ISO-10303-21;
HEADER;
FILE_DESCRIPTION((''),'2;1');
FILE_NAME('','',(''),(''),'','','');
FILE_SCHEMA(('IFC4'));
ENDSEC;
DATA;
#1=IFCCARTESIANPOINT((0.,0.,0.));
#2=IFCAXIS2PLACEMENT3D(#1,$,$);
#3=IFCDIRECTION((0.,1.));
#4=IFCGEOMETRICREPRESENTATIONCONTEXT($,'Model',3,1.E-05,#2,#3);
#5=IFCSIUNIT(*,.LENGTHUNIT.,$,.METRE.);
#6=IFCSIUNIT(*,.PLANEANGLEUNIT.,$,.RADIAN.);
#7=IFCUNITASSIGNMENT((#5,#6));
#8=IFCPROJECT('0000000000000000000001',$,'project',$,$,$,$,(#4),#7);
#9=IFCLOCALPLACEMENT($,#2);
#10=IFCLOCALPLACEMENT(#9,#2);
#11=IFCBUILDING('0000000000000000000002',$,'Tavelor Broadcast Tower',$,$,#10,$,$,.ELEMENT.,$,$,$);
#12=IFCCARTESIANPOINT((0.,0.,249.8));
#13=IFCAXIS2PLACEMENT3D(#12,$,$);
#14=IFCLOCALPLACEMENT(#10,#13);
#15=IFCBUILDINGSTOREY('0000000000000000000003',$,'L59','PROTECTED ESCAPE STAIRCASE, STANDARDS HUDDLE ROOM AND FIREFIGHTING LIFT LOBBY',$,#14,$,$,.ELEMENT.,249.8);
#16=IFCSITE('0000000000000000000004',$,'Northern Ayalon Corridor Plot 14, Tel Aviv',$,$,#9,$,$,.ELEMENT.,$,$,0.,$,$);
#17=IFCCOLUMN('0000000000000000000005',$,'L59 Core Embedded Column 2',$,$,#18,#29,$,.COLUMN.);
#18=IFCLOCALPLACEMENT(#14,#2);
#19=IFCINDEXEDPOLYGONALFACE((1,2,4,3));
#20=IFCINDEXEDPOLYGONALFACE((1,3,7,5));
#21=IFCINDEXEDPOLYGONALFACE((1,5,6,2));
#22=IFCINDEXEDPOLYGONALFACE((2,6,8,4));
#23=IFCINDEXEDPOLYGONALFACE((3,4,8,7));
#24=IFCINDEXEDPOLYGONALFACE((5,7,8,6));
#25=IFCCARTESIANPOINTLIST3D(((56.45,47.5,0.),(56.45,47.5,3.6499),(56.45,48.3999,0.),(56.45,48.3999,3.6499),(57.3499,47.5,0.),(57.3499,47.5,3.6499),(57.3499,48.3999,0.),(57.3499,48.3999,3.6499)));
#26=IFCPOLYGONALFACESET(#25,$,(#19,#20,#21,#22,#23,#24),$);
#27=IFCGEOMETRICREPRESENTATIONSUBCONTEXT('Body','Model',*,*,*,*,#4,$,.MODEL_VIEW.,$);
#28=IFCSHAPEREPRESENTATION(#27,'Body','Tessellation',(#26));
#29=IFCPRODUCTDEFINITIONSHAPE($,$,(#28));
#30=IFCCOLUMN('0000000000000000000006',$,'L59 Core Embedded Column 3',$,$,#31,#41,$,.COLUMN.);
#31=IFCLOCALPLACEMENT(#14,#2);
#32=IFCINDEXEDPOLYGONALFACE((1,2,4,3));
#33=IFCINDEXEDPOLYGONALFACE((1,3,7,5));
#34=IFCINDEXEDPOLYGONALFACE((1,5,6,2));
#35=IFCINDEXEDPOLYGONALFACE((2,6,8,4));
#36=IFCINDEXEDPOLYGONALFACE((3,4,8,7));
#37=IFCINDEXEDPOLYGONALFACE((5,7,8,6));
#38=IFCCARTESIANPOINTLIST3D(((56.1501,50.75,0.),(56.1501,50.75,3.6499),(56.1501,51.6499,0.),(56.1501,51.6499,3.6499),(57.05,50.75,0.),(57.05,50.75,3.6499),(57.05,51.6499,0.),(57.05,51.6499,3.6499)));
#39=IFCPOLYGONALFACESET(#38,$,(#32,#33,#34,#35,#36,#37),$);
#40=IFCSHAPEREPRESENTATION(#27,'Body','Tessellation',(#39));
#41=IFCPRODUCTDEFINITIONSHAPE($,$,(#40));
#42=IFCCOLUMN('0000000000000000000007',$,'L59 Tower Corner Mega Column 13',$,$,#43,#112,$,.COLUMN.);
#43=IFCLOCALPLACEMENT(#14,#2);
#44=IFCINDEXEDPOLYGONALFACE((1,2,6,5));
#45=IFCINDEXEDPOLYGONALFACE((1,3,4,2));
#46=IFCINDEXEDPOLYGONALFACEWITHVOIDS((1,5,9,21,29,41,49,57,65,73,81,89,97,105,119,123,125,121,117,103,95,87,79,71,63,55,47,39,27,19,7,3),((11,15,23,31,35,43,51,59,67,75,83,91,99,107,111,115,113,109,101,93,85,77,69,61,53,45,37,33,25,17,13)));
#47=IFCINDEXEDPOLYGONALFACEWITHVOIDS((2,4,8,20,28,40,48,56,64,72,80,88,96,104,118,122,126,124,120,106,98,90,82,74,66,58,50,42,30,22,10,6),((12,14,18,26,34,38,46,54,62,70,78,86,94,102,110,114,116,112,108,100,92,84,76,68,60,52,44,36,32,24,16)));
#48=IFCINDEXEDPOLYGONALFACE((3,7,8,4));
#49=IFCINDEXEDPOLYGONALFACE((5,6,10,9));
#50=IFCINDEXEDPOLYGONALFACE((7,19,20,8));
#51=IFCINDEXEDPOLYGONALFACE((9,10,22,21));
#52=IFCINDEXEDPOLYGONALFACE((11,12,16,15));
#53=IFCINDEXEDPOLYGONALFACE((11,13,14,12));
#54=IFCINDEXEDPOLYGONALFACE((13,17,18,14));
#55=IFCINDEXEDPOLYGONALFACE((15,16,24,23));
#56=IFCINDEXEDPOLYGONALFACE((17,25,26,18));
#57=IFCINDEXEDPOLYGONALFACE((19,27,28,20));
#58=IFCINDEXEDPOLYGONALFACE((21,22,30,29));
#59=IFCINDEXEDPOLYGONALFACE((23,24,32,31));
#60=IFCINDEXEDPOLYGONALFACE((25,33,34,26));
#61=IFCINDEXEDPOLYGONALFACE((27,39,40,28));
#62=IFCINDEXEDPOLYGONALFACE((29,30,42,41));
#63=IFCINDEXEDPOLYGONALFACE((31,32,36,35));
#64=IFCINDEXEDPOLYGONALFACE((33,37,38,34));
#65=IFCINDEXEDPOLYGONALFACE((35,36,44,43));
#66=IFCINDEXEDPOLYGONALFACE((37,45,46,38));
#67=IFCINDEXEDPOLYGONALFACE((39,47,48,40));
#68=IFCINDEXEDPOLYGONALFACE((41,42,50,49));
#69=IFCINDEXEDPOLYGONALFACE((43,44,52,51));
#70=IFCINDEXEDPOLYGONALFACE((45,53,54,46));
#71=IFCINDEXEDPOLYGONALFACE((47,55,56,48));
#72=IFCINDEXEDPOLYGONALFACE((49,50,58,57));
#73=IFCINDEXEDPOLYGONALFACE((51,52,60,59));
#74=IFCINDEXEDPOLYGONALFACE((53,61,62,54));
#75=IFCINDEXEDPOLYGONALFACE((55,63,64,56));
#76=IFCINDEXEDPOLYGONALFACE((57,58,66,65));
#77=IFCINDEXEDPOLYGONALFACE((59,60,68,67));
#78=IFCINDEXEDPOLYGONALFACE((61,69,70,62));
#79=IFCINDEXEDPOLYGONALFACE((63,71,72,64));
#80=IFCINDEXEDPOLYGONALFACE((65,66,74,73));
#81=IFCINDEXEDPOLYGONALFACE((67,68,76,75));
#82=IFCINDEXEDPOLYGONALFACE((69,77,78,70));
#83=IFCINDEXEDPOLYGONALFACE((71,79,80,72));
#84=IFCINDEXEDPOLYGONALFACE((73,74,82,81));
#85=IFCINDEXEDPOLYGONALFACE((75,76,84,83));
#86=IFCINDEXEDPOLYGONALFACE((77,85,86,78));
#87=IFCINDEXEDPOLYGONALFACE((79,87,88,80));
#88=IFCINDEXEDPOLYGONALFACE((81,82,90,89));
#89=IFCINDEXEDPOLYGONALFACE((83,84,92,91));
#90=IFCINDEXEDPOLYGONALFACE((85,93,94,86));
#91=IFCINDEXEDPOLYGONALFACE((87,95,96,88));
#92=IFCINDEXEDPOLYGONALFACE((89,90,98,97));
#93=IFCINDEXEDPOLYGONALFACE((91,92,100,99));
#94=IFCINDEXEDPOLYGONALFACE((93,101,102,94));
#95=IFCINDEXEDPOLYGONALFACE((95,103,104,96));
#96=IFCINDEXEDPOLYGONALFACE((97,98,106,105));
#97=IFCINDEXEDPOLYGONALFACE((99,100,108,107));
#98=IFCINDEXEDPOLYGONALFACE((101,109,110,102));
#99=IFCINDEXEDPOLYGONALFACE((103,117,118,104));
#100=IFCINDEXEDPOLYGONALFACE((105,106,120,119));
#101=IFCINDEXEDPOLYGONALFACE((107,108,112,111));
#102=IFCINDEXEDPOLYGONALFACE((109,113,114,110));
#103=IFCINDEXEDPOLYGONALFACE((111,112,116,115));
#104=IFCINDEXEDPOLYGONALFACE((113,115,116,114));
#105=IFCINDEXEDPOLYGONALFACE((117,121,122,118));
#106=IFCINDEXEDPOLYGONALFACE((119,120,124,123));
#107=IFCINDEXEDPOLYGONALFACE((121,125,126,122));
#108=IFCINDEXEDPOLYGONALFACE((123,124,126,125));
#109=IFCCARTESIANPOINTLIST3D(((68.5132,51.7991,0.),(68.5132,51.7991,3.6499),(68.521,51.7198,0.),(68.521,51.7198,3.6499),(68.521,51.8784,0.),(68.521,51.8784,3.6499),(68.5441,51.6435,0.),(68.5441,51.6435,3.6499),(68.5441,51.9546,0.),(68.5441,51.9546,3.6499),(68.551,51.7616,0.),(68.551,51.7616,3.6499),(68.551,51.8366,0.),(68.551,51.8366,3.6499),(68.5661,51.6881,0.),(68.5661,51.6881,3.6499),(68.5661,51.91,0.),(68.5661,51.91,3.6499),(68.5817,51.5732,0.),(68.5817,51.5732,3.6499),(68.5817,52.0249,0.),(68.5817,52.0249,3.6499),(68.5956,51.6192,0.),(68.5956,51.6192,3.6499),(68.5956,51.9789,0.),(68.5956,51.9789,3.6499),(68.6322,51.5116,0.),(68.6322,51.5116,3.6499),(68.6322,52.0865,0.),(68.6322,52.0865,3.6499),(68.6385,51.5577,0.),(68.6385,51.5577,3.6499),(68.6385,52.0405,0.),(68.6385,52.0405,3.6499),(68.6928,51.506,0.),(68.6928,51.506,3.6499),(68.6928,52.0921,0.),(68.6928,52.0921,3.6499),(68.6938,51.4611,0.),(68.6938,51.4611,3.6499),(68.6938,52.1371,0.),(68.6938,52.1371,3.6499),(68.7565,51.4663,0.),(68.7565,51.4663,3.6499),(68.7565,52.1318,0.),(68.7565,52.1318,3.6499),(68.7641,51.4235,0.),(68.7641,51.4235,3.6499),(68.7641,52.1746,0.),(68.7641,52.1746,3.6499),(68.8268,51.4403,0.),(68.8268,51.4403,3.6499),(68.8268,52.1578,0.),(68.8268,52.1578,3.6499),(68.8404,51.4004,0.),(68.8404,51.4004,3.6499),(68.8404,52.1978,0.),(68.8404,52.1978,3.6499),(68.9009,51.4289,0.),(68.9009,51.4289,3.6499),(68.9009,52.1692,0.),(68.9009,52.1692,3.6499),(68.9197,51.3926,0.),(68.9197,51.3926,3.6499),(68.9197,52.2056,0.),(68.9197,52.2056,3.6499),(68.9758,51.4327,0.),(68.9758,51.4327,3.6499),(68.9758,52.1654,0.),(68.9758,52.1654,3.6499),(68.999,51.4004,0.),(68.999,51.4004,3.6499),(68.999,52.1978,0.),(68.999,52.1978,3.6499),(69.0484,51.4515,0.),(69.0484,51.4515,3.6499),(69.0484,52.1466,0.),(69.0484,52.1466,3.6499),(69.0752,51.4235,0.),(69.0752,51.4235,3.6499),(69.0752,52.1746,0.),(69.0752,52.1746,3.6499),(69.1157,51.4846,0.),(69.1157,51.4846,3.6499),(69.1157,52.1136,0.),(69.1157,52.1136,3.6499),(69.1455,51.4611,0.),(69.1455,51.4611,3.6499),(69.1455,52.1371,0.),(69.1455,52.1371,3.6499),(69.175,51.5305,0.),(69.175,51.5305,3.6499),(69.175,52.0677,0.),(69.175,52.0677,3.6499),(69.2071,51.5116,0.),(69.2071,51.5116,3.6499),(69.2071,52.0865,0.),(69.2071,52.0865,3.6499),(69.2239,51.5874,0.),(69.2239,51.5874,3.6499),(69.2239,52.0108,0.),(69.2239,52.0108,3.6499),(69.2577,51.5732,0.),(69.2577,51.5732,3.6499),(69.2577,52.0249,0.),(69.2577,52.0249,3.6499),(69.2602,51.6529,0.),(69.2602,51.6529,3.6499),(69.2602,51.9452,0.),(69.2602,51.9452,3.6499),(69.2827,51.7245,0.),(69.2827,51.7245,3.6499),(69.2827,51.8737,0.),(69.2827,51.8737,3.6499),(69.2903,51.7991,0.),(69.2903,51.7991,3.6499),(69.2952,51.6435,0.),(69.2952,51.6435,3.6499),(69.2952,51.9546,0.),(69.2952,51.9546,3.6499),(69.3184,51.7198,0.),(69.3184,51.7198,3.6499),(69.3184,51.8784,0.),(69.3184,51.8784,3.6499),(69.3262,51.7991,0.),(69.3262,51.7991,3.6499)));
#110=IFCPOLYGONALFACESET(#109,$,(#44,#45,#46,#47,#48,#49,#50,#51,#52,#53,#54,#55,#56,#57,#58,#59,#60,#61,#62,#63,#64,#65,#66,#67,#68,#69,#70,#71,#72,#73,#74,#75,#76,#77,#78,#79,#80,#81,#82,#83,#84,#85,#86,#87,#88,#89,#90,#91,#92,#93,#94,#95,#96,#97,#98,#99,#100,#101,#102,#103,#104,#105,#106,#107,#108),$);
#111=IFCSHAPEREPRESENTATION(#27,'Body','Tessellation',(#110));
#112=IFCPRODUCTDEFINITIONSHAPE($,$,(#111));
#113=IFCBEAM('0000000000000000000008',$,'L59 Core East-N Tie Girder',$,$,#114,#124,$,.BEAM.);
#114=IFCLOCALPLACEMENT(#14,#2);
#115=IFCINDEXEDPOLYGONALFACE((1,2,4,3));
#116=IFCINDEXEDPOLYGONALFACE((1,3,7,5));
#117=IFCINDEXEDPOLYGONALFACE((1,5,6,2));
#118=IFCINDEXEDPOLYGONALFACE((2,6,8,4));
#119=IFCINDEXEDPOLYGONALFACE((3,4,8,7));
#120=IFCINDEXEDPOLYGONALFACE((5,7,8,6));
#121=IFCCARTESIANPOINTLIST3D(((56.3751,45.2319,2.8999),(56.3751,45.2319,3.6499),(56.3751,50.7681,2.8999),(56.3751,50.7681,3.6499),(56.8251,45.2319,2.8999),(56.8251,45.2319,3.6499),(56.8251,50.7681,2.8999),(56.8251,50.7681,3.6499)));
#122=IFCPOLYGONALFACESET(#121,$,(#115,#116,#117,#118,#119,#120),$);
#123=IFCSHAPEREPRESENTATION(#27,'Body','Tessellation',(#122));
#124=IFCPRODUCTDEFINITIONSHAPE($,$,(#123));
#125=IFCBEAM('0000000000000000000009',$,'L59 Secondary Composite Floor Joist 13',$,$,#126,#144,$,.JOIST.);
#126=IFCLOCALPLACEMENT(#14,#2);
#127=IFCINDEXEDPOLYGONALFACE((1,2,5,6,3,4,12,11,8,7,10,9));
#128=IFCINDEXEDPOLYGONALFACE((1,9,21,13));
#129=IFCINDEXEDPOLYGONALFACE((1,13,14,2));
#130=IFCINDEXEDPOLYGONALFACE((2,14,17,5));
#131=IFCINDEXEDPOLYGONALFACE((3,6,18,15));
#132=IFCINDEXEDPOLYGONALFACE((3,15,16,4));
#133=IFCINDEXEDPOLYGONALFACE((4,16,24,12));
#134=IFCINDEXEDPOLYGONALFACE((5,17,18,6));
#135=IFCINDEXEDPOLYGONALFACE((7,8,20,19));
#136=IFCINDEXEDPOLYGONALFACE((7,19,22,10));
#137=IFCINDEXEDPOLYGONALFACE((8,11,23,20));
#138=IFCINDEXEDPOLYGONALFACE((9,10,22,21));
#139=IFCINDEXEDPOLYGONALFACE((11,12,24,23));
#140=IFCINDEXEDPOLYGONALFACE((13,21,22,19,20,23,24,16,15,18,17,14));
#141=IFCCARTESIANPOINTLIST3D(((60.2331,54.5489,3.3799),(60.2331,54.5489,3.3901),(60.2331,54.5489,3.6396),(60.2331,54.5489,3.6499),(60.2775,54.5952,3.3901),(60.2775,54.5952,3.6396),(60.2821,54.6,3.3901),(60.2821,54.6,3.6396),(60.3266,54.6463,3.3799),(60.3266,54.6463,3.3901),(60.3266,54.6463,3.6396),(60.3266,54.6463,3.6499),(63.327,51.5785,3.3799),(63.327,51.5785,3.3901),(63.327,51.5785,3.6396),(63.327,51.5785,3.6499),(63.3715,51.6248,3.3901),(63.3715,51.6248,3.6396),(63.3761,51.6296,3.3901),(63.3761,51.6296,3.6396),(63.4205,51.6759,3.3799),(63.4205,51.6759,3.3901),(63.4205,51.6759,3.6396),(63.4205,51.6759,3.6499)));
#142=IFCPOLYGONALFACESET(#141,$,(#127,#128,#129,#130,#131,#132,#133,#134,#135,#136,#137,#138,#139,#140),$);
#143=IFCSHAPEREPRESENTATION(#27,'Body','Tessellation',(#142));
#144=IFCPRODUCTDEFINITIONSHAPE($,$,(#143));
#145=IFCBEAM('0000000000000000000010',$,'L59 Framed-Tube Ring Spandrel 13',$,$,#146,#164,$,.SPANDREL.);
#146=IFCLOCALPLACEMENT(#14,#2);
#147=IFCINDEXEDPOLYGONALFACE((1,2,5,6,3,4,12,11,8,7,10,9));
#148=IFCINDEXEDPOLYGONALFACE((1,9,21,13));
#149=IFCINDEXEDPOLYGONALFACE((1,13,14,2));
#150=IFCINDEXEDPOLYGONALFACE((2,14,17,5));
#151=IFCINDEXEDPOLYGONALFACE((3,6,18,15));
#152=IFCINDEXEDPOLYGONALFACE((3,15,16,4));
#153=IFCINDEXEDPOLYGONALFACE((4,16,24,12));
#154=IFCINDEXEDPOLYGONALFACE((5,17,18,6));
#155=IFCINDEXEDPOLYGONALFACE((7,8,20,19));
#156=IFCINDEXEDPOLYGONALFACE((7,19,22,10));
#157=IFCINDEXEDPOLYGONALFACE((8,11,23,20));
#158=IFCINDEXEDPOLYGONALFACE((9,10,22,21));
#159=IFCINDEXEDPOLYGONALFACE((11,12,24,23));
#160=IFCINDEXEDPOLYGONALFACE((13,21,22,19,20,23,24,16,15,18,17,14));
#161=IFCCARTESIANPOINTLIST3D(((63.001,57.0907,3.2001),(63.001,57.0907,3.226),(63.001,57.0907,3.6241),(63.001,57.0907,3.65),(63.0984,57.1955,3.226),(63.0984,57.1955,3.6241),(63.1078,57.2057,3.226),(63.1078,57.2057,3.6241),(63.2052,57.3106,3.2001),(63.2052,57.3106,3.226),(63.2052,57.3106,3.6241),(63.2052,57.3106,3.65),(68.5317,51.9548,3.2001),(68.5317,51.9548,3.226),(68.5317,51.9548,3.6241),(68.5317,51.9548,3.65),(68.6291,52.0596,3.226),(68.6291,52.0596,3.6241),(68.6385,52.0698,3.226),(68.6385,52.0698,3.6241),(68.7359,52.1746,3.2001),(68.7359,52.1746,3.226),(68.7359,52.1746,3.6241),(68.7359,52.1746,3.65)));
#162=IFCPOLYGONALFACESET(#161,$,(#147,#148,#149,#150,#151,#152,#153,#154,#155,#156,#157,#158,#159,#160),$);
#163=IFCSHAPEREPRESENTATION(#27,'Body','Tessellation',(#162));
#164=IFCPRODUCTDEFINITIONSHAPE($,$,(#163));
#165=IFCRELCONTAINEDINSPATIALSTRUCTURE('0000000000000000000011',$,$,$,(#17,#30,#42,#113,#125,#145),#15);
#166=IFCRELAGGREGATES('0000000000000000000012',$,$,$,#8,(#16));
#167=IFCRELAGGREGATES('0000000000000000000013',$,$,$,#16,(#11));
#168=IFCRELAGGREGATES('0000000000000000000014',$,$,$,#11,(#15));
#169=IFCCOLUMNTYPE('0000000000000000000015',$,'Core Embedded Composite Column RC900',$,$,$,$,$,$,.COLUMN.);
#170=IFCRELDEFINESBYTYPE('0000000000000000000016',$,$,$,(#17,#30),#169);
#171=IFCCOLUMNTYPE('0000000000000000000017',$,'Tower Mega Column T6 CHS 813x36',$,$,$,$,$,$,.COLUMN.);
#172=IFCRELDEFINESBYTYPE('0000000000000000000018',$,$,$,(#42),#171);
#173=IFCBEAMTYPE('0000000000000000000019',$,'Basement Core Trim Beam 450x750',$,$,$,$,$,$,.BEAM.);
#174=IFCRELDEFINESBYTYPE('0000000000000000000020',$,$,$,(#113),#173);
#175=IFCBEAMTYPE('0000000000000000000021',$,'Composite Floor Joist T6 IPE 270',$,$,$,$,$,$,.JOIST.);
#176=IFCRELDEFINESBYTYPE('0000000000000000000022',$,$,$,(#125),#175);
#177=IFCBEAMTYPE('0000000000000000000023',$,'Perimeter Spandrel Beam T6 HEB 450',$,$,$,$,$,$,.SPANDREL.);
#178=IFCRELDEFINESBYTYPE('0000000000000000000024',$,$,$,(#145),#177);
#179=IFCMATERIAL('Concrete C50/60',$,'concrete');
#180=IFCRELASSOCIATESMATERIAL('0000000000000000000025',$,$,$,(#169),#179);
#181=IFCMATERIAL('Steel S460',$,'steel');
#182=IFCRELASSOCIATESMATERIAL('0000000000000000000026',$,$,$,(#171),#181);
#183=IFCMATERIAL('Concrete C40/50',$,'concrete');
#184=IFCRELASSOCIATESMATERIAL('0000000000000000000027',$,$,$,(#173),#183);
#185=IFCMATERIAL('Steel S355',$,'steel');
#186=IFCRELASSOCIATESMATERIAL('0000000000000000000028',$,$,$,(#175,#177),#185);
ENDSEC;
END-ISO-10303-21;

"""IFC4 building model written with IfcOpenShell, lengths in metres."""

from ifc_helpers import new_model, si_unit, direction, frame, origin, origin_2d, place, context, subcontext, project, spatial, rectangle, hollow_circle, i_section, extrude, material, material_profile, profile_set, type_object, element, save


model = new_model("IFC4")

# Units and contexts
model_context = context("Model", 3, precision=1e-05, world=origin(), true_north=direction((0.0, 1.0)))
body_context = subcontext(model_context, "Body", "Model", "MODEL_VIEW")
ifc_project = project(units=[si_unit("LENGTHUNIT", "METRE"), si_unit("PLANEANGLEUNIT", "RADIAN")], contexts=[model_context])

# Site, building, storey
site_placement = place(None, origin())
site = spatial("IfcSite", under=ifc_project, at=site_placement, Name="Northern Ayalon Corridor Plot 14, Tel Aviv", CompositionType="ELEMENT", RefElevation=0.0)
building_placement = place(site_placement, origin())
building = spatial("IfcBuilding", under=site, at=building_placement, Name="Tavelor Broadcast Tower", CompositionType="ELEMENT")
storey_placement = place(building_placement, frame((0.0, 0.0, 249.8)))
storey = spatial("IfcBuildingStorey", under=building, at=storey_placement, Name="L59", Description="PROTECTED ESCAPE STAIRCASE, STANDARDS HUDDLE ROOM AND FIREFIGHTING LIFT LOBBY", CompositionType="ELEMENT", Elevation=249.8)

# Columns
ifc_material_1 = material(Name="Concrete C50/60", Category="concrete")
ifc_material_profile_1 = material_profile(ifc_material_1, rectangle(XDim=0.8999, YDim=0.8999, at=origin_2d()), Name="RC 900x900")
ifc_profile_set_1 = profile_set([ifc_material_profile_1], Name="Concrete C50/60")
column_type_1 = type_object("IfcColumnType", Name="Core Embedded Composite Column RC900", PredefinedType="COLUMN", material=ifc_profile_set_1)
for number, where, z_axis, x_axis, name in (
    (1, (56.8999, 47.95, 0.0), (0.0, 0.0, 1.0), (1.0, 0.0, 0.0), "L59 Core Embedded Column 2"),
    (2, (56.6001, 51.2, 0.0), (0.0, 0.0, 1.0), (1.0, 0.0, 0.0), "L59 Core Embedded Column 3"),
):
    element("IfcColumn", number, at=place(storey_placement, frame(where, z_axis=z_axis, x_axis=x_axis)), inside=storey, type_object=column_type_1, Name=name, PredefinedType="COLUMN", context=body_context, shape_type="SweptSolid", body=[
        extrude(rectangle(XDim=0.8999, YDim=0.8999, at=origin_2d()), origin(), (0.0, 0.0, 1.0), 3.6499),
    ])
ifc_material_2 = material(Name="Steel S460", Category="steel")
ifc_material_profile_2 = material_profile(ifc_material_2, hollow_circle(Radius=0.4065, WallThickness=0.0359, at=origin_2d()), Name="CHS 813x36")
ifc_profile_set_2 = profile_set([ifc_material_profile_2], Name="Steel S460")
column_type_2 = type_object("IfcColumnType", Name="Tower Mega Column T6 CHS 813x36", PredefinedType="COLUMN", material=ifc_profile_set_2)
column_placement = place(storey_placement, frame((68.9197, 51.7991, 0.0), z_axis=(0.0, 0.0, 1.0), x_axis=(1.0, 0.0, 0.0)))
element("IfcColumn", 3, at=column_placement, inside=storey, type_object=column_type_2, Name="L59 Tower Corner Mega Column 13", PredefinedType="COLUMN", context=body_context, shape_type="SweptSolid", body=[
    extrude(hollow_circle(Radius=0.4065, WallThickness=0.0359, at=origin_2d()), origin(), (0.0, 0.0, 1.0), 3.6499),
])

# Beams
ifc_material_3 = material(Name="Concrete C40/50", Category="concrete")
ifc_material_profile_3 = material_profile(ifc_material_3, rectangle(XDim=0.45, YDim=0.75, at=origin_2d()), Name="RC 450x750")
ifc_profile_set_3 = profile_set([ifc_material_profile_3], Name="Concrete C40/50")
beam_type_1 = type_object("IfcBeamType", Name="Basement Core Trim Beam 450x750", PredefinedType="BEAM", material=ifc_profile_set_3)
beam_1_placement = place(storey_placement, frame((56.6001, 45.2319, 3.2749), z_axis=(0.0, 1.0, 0.0), x_axis=(-1.0, 0.0, 0.0)))
element("IfcBeam", 4, at=beam_1_placement, inside=storey, type_object=beam_type_1, Name="L59 Core East-N Tie Girder", PredefinedType="BEAM", context=body_context, shape_type="SweptSolid", body=[
    extrude(rectangle(XDim=0.45, YDim=0.75, at=origin_2d()), origin(), (0.0, 0.0, 1.0), 5.5361),
])
ifc_material_4 = material(Name="Steel S355", Category="steel")
ifc_material_profile_4 = material_profile(ifc_material_4, i_section(OverallWidth=0.135, OverallDepth=0.27, WebThickness=0.0066, FlangeThickness=0.0103, at=origin_2d()), Name="IPE 270")
ifc_profile_set_4 = profile_set([ifc_material_profile_4], Name="Steel S355")
beam_type_2 = type_object("IfcBeamType", Name="Composite Floor Joist T6 IPE 270", PredefinedType="JOIST", material=ifc_profile_set_4)
beam_2_placement = place(storey_placement, frame((63.3738, 51.6272, 3.5149), z_axis=(-0.721361, 0.692559, 0.0), x_axis=(-0.692559, -0.721361, 0.0)))
element("IfcBeam", 5, at=beam_2_placement, inside=storey, type_object=beam_type_2, Name="L59 Secondary Composite Floor Joist 13", PredefinedType="JOIST", context=body_context, shape_type="SweptSolid", body=[
    extrude(i_section(OverallWidth=0.135, OverallDepth=0.27, WebThickness=0.0066, FlangeThickness=0.0103, at=origin_2d()), origin(), (0.0, 0.0, 1.0), 4.2891),
])
ifc_material_profile_5 = material_profile(ifc_material_4, i_section(OverallWidth=0.3, OverallDepth=0.45, WebThickness=0.0139, FlangeThickness=0.0259, at=origin_2d()), Name="HEB 450")
ifc_profile_set_5 = profile_set([ifc_material_profile_5], Name="Steel S355")
beam_type_3 = type_object("IfcBeamType", Name="Perimeter Spandrel Beam T6 HEB 450", PredefinedType="SPANDREL", material=ifc_profile_set_5)
beam_3_placement = place(storey_placement, frame((68.6338, 52.0647, 3.425), z_axis=(-0.732775, 0.680471, 0.0), x_axis=(-0.680471, -0.732775, 0.0)))
element("IfcBeam", 6, at=beam_3_placement, inside=storey, type_object=beam_type_3, Name="L59 Framed-Tube Ring Spandrel 13", PredefinedType="SPANDREL", context=body_context, shape_type="SweptSolid", body=[
    extrude(i_section(OverallWidth=0.3, OverallDepth=0.45, WebThickness=0.0139, FlangeThickness=0.0259, at=origin_2d()), origin(), (0.0, 0.0, 1.0), 7.5476),
])

save(model, "model.ifc")
